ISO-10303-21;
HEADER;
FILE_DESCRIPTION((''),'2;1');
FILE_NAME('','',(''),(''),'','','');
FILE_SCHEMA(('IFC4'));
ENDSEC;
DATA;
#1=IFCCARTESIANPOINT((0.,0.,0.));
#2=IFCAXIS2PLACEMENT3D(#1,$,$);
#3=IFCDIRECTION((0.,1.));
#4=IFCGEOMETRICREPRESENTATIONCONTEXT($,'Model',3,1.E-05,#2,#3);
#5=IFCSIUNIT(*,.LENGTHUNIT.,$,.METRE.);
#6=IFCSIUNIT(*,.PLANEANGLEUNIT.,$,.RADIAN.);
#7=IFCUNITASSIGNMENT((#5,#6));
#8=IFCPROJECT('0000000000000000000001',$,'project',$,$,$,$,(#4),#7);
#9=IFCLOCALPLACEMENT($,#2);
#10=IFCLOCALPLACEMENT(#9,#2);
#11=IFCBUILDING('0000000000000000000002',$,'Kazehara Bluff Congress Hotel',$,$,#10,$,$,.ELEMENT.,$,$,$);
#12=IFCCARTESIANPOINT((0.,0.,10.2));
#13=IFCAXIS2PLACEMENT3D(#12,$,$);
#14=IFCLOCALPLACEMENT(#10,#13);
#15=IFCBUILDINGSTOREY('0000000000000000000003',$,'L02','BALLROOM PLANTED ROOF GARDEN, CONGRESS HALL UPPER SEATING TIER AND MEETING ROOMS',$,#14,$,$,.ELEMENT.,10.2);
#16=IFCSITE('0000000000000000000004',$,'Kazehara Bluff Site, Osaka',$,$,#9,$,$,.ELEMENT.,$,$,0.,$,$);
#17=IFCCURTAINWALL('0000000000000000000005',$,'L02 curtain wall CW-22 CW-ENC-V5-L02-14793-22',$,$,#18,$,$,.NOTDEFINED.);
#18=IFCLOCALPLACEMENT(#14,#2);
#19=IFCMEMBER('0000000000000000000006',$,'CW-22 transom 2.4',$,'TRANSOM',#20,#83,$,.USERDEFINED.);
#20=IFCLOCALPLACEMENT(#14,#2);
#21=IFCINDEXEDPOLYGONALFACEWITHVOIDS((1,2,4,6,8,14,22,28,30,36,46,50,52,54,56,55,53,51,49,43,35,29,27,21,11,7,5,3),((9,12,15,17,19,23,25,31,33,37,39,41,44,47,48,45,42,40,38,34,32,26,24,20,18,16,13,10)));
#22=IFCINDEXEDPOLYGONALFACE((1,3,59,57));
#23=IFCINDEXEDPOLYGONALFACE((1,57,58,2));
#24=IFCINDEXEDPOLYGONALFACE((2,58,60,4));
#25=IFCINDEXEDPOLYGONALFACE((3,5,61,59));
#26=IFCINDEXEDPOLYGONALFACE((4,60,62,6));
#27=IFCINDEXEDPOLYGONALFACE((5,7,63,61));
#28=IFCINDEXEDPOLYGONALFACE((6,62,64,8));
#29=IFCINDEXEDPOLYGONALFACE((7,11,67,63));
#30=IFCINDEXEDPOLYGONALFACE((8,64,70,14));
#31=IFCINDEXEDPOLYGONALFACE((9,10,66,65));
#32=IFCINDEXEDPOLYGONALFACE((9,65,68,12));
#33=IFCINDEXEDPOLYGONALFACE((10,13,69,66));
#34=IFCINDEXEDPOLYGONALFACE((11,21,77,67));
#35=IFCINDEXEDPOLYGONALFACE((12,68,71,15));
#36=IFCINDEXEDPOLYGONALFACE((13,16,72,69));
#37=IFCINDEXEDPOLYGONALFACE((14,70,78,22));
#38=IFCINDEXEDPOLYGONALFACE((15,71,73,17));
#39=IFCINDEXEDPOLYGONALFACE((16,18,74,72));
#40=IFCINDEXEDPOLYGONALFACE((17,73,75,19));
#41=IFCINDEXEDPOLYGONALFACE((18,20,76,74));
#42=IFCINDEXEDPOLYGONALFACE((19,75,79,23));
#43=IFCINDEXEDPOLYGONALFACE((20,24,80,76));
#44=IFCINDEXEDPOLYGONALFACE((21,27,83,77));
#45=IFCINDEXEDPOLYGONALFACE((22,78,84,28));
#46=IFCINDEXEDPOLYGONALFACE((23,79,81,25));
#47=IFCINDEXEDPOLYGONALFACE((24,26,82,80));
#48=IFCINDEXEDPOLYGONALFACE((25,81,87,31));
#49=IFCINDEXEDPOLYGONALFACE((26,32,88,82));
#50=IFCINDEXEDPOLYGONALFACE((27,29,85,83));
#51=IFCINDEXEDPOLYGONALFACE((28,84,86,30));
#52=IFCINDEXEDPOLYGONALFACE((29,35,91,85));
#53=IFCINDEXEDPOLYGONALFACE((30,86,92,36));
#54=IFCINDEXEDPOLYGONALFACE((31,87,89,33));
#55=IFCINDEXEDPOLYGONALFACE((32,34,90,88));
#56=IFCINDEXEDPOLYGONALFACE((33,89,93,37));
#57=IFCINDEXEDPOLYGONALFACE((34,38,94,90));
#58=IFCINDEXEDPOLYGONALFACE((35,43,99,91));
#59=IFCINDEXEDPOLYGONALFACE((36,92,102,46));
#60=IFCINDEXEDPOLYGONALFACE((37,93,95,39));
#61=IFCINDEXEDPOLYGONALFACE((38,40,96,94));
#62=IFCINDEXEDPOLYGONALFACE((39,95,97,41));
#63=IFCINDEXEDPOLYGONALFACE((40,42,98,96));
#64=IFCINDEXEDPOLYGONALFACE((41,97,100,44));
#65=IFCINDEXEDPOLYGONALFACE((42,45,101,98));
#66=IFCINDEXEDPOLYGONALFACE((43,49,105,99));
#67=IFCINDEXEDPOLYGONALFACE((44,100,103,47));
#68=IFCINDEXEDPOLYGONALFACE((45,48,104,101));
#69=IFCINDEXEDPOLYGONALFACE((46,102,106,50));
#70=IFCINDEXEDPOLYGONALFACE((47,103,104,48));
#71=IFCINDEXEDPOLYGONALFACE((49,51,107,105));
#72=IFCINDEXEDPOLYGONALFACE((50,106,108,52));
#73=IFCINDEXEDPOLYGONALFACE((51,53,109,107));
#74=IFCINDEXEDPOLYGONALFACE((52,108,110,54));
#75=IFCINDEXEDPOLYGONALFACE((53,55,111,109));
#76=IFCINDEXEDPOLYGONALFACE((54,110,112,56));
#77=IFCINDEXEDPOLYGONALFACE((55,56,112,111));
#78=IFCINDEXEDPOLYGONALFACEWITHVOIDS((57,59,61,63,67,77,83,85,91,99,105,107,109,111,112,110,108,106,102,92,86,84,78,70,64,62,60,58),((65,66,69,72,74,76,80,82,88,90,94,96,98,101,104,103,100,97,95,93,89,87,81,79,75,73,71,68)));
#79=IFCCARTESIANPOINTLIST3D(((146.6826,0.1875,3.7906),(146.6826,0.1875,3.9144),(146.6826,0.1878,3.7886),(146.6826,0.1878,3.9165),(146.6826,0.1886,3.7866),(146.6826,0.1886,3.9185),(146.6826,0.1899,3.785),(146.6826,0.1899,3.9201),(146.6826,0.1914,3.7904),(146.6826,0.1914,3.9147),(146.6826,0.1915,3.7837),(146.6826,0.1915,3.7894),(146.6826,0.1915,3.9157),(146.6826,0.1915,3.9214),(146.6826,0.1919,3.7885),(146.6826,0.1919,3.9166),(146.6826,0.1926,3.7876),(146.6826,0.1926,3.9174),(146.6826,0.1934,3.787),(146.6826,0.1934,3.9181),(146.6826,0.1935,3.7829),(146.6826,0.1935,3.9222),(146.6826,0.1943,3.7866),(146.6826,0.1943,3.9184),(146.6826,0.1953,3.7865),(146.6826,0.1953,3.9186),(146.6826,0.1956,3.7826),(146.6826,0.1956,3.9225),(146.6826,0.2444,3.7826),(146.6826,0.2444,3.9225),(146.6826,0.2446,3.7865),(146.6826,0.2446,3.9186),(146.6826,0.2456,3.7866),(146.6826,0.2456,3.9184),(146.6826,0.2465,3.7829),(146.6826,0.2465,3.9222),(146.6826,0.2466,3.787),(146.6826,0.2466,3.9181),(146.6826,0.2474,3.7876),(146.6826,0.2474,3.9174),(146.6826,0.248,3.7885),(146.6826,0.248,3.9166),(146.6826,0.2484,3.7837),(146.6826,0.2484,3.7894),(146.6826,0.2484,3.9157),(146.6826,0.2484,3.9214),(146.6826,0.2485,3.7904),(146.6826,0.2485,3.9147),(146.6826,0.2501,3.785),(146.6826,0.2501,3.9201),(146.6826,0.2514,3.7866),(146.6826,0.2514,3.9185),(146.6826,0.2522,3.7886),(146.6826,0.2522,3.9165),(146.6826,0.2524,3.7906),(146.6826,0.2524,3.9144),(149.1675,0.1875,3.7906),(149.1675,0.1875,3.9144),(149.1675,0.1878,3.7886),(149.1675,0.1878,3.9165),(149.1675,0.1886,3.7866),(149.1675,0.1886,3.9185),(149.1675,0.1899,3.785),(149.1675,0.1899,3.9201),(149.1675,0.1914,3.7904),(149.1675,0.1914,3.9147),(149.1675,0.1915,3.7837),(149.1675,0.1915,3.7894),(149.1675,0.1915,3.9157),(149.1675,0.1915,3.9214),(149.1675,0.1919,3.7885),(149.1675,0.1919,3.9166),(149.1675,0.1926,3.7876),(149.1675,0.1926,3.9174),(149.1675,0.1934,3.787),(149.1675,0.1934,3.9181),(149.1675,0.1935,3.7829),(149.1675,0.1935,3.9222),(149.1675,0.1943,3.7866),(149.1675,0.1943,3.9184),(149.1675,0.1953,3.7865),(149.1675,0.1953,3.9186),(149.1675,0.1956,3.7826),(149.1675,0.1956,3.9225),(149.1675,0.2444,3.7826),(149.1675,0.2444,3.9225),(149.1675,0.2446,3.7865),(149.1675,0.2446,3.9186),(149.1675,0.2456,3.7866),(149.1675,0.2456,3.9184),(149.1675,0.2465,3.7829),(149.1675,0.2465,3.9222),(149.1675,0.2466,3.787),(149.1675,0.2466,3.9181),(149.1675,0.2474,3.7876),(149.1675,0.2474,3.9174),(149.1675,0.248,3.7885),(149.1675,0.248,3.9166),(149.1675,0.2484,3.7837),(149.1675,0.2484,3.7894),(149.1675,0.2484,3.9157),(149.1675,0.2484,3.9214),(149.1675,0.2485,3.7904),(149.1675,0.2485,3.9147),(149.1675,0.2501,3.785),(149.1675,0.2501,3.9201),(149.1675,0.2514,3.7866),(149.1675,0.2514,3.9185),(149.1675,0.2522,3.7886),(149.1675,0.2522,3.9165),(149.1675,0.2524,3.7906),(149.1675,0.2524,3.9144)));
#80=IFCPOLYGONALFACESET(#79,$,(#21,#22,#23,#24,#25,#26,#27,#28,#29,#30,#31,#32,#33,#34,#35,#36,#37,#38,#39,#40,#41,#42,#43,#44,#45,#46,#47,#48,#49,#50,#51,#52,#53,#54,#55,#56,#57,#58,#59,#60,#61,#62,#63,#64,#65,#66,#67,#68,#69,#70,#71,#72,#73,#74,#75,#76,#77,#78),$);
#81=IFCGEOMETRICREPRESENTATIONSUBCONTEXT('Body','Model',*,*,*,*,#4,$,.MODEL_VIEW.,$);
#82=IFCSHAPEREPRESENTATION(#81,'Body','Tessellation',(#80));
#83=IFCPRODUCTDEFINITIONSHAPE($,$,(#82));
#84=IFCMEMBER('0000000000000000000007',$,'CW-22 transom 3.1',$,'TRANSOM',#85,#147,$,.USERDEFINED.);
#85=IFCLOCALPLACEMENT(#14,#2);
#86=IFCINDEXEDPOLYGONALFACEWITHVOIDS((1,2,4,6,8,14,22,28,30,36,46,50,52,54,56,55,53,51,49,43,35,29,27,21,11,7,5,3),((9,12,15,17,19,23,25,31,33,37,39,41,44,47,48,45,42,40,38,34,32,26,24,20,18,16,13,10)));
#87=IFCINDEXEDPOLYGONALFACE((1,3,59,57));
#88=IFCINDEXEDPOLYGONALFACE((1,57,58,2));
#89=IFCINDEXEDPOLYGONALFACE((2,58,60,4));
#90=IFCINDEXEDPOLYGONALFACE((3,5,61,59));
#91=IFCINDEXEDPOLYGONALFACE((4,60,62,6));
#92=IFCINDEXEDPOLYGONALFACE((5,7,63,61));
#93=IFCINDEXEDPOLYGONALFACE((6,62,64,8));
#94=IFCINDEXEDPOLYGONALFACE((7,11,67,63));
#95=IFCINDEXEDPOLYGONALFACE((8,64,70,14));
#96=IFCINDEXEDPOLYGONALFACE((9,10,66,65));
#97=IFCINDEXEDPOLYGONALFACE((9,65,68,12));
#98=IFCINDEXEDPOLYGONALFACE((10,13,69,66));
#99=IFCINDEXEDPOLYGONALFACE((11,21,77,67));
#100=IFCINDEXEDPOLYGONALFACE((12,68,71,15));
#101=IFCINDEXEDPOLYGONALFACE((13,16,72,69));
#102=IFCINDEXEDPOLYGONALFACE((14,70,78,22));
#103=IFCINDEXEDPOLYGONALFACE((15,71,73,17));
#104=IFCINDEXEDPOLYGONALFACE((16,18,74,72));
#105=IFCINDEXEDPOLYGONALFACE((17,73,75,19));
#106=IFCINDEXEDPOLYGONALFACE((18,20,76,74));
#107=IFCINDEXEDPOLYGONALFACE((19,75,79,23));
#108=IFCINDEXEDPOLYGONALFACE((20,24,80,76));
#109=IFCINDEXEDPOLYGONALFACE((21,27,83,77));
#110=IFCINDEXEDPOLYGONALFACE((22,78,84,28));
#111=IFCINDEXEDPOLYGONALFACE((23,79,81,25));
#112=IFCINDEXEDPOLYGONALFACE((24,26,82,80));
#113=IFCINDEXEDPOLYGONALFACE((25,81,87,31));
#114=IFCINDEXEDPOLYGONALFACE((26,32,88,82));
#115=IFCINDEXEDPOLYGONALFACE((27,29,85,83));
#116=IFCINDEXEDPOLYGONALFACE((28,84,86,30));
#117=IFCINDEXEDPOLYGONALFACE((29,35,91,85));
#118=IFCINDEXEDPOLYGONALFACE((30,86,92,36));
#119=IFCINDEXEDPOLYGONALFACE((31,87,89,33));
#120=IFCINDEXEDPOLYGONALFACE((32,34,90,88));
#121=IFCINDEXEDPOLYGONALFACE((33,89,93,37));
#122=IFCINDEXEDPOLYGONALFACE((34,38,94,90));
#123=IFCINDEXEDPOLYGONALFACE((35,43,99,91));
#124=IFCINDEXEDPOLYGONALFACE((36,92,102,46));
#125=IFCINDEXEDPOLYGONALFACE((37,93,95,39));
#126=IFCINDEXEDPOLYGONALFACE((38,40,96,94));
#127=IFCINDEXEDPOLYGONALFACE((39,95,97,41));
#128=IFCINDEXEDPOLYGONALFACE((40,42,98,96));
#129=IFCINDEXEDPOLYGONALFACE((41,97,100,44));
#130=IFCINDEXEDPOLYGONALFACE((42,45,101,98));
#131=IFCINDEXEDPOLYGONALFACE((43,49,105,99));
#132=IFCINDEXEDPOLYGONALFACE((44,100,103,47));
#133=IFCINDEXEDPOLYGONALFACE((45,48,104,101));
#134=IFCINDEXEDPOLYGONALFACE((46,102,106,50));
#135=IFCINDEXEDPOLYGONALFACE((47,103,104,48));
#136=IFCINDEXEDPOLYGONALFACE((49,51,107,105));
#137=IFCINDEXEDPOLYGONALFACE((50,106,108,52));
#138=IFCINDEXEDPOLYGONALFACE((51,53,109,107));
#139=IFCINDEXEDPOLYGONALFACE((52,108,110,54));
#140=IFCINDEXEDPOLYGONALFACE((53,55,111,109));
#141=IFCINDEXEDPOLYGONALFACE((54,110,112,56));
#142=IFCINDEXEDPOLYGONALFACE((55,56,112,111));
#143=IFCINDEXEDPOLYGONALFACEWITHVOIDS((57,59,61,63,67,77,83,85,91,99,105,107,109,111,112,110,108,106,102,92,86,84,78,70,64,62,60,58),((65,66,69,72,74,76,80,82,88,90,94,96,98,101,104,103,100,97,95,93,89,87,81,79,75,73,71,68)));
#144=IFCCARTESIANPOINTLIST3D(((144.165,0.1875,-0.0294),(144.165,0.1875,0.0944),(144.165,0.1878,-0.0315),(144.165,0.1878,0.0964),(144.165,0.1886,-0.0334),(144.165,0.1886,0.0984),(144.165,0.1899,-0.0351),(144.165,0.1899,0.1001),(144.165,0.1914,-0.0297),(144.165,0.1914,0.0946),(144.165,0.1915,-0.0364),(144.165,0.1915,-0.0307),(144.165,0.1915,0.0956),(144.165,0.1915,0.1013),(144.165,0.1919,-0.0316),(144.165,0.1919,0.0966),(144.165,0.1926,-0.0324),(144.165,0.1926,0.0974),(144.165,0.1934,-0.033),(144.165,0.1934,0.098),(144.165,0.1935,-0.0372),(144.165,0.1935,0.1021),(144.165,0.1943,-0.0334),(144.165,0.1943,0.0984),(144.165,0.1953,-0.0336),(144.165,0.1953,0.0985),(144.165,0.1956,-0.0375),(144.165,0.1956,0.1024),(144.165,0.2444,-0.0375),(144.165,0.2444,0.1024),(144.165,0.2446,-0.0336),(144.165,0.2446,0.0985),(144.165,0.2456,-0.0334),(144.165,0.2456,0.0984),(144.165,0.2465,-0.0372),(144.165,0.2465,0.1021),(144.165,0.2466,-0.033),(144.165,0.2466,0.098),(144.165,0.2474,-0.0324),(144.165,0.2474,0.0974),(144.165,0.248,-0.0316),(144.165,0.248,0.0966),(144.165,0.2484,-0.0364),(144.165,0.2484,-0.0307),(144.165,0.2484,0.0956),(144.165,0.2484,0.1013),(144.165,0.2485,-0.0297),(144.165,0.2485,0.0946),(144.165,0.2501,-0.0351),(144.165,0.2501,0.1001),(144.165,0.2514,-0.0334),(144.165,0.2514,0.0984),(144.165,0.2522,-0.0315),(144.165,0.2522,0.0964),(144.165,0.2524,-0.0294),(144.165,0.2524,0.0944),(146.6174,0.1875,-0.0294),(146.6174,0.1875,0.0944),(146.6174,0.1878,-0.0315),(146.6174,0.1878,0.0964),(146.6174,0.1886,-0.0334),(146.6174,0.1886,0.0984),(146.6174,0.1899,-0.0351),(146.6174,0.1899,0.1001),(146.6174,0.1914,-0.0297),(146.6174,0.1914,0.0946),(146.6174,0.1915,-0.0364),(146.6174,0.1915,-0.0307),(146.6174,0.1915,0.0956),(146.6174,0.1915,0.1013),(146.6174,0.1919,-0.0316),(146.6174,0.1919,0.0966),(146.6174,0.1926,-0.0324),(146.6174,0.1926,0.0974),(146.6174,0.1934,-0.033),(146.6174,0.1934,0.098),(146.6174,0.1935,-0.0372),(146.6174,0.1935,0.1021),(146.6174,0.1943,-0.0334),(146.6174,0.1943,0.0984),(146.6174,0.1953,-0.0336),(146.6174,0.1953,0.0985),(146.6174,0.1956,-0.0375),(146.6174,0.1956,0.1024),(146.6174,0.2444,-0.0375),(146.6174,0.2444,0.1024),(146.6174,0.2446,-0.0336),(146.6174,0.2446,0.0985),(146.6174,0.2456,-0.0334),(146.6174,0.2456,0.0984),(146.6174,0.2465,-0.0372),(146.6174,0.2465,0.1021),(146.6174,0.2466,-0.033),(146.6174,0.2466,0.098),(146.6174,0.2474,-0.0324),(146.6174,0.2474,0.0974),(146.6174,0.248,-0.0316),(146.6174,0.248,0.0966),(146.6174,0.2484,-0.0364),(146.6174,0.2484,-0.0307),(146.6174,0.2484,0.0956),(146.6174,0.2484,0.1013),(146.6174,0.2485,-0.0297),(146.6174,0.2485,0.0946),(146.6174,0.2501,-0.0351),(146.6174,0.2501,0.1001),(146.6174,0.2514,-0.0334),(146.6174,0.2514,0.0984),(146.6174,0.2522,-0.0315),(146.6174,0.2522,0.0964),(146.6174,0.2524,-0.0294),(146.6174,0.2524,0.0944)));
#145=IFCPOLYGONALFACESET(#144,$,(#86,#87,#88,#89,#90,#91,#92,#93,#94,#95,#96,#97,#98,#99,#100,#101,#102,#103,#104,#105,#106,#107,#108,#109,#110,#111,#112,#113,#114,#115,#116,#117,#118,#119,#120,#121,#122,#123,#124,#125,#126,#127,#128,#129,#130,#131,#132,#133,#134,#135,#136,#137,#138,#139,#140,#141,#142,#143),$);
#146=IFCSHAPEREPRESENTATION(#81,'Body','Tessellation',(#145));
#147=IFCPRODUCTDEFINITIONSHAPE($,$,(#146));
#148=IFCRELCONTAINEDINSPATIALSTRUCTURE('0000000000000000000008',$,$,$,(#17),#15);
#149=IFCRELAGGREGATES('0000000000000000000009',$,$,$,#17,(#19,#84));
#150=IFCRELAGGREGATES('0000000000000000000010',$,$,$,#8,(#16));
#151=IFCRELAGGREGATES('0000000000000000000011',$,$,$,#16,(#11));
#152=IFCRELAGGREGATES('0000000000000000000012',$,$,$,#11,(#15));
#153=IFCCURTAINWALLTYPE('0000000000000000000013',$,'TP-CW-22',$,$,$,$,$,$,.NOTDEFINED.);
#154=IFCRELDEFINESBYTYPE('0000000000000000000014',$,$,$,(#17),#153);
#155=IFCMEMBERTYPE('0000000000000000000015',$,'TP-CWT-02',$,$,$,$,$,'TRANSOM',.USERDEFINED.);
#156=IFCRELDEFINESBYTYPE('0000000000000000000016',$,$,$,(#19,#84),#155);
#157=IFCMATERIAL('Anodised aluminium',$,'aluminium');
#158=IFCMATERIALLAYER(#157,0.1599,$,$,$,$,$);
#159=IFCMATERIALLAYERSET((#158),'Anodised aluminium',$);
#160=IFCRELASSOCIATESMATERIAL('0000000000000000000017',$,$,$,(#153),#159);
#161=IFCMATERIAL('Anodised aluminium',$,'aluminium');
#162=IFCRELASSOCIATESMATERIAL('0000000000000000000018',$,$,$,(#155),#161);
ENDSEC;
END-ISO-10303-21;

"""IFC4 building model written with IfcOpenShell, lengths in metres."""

from ifc_helpers import new_model, si_unit, direction, frame, origin, origin_2d, place, context, subcontext, project, spatial, hollow_rectangle, extrude, material, layer, layer_set, material_profile, profile_set, type_object, element, aggregate, save


model = new_model("IFC4")

# Units and contexts
model_context = context("Model", 3, precision=1e-05, world=origin(), true_north=direction((0.0, 1.0)))
body_context = subcontext(model_context, "Body", "Model", "MODEL_VIEW")
ifc_project = project(units=[si_unit("LENGTHUNIT", "METRE"), si_unit("PLANEANGLEUNIT", "RADIAN")], contexts=[model_context])

# Site, building, storey
site_placement = place(None, origin())
site = spatial("IfcSite", under=ifc_project, at=site_placement, Name="Kazehara Bluff Site, Osaka", CompositionType="ELEMENT", RefElevation=0.0)
building_placement = place(site_placement, origin())
building = spatial("IfcBuilding", under=site, at=building_placement, Name="Kazehara Bluff Congress Hotel", CompositionType="ELEMENT")
storey_placement = place(building_placement, frame((0.0, 0.0, 10.2)))
storey = spatial("IfcBuildingStorey", under=building, at=storey_placement, Name="L02", Description="BALLROOM PLANTED ROOF GARDEN, CONGRESS HALL UPPER SEATING TIER AND MEETING ROOMS", CompositionType="ELEMENT", Elevation=10.2)

# Curtain wall
ifc_material_1 = material(Name="Anodised aluminium", Category="aluminium")
ifc_layer_1 = layer(ifc_material_1, 0.1599)
ifc_layer_set_1 = layer_set([ifc_layer_1], Name="Anodised aluminium")
curtain_wall_type_1 = type_object("IfcCurtainWallType", Name="TP-CW-22", PredefinedType="NOTDEFINED", material=ifc_layer_set_1)
curtain_wall_1_placement = place(storey_placement, origin())
curtain_wall_1 = element("IfcCurtainWall", 1, at=curtain_wall_1_placement, inside=storey, type_object=curtain_wall_type_1, Name="L02 curtain wall CW-22 CW-ENC-V5-L02-14793-22", PredefinedType="NOTDEFINED")

# Members
ifc_material_2 = material(Name="Anodised aluminium", Category="aluminium")
ifc_material_profile_1 = material_profile(ifc_material_2, hollow_rectangle(XDim=0.0649, YDim=0.1399, WallThickness=0.0039, InnerFilletRadius=0.0039, OuterFilletRadius=0.0081, at=origin_2d()))
ifc_profile_set_1 = profile_set([ifc_material_profile_1], Name="Anodised aluminium")
member_type_1 = type_object("IfcMemberType", Name="TP-CWT-02", ElementType="TRANSOM", PredefinedType="USERDEFINED", material=ifc_profile_set_1)
member_1_placement = place(storey_placement, frame((149.1675, 0.22, 3.8525), z_axis=(-1.0, 0.0, 0.0), x_axis=(0.0, -1.0, 0.0)))
member_1 = element("IfcMember", 2, at=member_1_placement, type_object=member_type_1, Name="CW-22 transom 2.4", ObjectType="TRANSOM", PredefinedType="USERDEFINED", context=body_context, shape_type="SweptSolid", body=[
    extrude(hollow_rectangle(XDim=0.0649, YDim=0.1399, WallThickness=0.0039, InnerFilletRadius=0.0039, OuterFilletRadius=0.0081, at=origin_2d()), origin(), (0.0, 0.0, 1.0), 2.4849),
])
member_2_placement = place(storey_placement, frame((146.6174, 0.22, 0.0325), z_axis=(-1.0, 0.0, 0.0), x_axis=(0.0, -1.0, 0.0)))
member_2 = element("IfcMember", 3, at=member_2_placement, type_object=member_type_1, Name="CW-22 transom 3.1", ObjectType="TRANSOM", PredefinedType="USERDEFINED", context=body_context, shape_type="SweptSolid", body=[
    extrude(hollow_rectangle(XDim=0.0649, YDim=0.1399, WallThickness=0.0039, InnerFilletRadius=0.0039, OuterFilletRadius=0.0081, at=origin_2d()), origin(), (0.0, 0.0, 1.0), 2.4524),
])

aggregate(curtain_wall_1, [member_1, member_2])

save(model, "model.ifc")
